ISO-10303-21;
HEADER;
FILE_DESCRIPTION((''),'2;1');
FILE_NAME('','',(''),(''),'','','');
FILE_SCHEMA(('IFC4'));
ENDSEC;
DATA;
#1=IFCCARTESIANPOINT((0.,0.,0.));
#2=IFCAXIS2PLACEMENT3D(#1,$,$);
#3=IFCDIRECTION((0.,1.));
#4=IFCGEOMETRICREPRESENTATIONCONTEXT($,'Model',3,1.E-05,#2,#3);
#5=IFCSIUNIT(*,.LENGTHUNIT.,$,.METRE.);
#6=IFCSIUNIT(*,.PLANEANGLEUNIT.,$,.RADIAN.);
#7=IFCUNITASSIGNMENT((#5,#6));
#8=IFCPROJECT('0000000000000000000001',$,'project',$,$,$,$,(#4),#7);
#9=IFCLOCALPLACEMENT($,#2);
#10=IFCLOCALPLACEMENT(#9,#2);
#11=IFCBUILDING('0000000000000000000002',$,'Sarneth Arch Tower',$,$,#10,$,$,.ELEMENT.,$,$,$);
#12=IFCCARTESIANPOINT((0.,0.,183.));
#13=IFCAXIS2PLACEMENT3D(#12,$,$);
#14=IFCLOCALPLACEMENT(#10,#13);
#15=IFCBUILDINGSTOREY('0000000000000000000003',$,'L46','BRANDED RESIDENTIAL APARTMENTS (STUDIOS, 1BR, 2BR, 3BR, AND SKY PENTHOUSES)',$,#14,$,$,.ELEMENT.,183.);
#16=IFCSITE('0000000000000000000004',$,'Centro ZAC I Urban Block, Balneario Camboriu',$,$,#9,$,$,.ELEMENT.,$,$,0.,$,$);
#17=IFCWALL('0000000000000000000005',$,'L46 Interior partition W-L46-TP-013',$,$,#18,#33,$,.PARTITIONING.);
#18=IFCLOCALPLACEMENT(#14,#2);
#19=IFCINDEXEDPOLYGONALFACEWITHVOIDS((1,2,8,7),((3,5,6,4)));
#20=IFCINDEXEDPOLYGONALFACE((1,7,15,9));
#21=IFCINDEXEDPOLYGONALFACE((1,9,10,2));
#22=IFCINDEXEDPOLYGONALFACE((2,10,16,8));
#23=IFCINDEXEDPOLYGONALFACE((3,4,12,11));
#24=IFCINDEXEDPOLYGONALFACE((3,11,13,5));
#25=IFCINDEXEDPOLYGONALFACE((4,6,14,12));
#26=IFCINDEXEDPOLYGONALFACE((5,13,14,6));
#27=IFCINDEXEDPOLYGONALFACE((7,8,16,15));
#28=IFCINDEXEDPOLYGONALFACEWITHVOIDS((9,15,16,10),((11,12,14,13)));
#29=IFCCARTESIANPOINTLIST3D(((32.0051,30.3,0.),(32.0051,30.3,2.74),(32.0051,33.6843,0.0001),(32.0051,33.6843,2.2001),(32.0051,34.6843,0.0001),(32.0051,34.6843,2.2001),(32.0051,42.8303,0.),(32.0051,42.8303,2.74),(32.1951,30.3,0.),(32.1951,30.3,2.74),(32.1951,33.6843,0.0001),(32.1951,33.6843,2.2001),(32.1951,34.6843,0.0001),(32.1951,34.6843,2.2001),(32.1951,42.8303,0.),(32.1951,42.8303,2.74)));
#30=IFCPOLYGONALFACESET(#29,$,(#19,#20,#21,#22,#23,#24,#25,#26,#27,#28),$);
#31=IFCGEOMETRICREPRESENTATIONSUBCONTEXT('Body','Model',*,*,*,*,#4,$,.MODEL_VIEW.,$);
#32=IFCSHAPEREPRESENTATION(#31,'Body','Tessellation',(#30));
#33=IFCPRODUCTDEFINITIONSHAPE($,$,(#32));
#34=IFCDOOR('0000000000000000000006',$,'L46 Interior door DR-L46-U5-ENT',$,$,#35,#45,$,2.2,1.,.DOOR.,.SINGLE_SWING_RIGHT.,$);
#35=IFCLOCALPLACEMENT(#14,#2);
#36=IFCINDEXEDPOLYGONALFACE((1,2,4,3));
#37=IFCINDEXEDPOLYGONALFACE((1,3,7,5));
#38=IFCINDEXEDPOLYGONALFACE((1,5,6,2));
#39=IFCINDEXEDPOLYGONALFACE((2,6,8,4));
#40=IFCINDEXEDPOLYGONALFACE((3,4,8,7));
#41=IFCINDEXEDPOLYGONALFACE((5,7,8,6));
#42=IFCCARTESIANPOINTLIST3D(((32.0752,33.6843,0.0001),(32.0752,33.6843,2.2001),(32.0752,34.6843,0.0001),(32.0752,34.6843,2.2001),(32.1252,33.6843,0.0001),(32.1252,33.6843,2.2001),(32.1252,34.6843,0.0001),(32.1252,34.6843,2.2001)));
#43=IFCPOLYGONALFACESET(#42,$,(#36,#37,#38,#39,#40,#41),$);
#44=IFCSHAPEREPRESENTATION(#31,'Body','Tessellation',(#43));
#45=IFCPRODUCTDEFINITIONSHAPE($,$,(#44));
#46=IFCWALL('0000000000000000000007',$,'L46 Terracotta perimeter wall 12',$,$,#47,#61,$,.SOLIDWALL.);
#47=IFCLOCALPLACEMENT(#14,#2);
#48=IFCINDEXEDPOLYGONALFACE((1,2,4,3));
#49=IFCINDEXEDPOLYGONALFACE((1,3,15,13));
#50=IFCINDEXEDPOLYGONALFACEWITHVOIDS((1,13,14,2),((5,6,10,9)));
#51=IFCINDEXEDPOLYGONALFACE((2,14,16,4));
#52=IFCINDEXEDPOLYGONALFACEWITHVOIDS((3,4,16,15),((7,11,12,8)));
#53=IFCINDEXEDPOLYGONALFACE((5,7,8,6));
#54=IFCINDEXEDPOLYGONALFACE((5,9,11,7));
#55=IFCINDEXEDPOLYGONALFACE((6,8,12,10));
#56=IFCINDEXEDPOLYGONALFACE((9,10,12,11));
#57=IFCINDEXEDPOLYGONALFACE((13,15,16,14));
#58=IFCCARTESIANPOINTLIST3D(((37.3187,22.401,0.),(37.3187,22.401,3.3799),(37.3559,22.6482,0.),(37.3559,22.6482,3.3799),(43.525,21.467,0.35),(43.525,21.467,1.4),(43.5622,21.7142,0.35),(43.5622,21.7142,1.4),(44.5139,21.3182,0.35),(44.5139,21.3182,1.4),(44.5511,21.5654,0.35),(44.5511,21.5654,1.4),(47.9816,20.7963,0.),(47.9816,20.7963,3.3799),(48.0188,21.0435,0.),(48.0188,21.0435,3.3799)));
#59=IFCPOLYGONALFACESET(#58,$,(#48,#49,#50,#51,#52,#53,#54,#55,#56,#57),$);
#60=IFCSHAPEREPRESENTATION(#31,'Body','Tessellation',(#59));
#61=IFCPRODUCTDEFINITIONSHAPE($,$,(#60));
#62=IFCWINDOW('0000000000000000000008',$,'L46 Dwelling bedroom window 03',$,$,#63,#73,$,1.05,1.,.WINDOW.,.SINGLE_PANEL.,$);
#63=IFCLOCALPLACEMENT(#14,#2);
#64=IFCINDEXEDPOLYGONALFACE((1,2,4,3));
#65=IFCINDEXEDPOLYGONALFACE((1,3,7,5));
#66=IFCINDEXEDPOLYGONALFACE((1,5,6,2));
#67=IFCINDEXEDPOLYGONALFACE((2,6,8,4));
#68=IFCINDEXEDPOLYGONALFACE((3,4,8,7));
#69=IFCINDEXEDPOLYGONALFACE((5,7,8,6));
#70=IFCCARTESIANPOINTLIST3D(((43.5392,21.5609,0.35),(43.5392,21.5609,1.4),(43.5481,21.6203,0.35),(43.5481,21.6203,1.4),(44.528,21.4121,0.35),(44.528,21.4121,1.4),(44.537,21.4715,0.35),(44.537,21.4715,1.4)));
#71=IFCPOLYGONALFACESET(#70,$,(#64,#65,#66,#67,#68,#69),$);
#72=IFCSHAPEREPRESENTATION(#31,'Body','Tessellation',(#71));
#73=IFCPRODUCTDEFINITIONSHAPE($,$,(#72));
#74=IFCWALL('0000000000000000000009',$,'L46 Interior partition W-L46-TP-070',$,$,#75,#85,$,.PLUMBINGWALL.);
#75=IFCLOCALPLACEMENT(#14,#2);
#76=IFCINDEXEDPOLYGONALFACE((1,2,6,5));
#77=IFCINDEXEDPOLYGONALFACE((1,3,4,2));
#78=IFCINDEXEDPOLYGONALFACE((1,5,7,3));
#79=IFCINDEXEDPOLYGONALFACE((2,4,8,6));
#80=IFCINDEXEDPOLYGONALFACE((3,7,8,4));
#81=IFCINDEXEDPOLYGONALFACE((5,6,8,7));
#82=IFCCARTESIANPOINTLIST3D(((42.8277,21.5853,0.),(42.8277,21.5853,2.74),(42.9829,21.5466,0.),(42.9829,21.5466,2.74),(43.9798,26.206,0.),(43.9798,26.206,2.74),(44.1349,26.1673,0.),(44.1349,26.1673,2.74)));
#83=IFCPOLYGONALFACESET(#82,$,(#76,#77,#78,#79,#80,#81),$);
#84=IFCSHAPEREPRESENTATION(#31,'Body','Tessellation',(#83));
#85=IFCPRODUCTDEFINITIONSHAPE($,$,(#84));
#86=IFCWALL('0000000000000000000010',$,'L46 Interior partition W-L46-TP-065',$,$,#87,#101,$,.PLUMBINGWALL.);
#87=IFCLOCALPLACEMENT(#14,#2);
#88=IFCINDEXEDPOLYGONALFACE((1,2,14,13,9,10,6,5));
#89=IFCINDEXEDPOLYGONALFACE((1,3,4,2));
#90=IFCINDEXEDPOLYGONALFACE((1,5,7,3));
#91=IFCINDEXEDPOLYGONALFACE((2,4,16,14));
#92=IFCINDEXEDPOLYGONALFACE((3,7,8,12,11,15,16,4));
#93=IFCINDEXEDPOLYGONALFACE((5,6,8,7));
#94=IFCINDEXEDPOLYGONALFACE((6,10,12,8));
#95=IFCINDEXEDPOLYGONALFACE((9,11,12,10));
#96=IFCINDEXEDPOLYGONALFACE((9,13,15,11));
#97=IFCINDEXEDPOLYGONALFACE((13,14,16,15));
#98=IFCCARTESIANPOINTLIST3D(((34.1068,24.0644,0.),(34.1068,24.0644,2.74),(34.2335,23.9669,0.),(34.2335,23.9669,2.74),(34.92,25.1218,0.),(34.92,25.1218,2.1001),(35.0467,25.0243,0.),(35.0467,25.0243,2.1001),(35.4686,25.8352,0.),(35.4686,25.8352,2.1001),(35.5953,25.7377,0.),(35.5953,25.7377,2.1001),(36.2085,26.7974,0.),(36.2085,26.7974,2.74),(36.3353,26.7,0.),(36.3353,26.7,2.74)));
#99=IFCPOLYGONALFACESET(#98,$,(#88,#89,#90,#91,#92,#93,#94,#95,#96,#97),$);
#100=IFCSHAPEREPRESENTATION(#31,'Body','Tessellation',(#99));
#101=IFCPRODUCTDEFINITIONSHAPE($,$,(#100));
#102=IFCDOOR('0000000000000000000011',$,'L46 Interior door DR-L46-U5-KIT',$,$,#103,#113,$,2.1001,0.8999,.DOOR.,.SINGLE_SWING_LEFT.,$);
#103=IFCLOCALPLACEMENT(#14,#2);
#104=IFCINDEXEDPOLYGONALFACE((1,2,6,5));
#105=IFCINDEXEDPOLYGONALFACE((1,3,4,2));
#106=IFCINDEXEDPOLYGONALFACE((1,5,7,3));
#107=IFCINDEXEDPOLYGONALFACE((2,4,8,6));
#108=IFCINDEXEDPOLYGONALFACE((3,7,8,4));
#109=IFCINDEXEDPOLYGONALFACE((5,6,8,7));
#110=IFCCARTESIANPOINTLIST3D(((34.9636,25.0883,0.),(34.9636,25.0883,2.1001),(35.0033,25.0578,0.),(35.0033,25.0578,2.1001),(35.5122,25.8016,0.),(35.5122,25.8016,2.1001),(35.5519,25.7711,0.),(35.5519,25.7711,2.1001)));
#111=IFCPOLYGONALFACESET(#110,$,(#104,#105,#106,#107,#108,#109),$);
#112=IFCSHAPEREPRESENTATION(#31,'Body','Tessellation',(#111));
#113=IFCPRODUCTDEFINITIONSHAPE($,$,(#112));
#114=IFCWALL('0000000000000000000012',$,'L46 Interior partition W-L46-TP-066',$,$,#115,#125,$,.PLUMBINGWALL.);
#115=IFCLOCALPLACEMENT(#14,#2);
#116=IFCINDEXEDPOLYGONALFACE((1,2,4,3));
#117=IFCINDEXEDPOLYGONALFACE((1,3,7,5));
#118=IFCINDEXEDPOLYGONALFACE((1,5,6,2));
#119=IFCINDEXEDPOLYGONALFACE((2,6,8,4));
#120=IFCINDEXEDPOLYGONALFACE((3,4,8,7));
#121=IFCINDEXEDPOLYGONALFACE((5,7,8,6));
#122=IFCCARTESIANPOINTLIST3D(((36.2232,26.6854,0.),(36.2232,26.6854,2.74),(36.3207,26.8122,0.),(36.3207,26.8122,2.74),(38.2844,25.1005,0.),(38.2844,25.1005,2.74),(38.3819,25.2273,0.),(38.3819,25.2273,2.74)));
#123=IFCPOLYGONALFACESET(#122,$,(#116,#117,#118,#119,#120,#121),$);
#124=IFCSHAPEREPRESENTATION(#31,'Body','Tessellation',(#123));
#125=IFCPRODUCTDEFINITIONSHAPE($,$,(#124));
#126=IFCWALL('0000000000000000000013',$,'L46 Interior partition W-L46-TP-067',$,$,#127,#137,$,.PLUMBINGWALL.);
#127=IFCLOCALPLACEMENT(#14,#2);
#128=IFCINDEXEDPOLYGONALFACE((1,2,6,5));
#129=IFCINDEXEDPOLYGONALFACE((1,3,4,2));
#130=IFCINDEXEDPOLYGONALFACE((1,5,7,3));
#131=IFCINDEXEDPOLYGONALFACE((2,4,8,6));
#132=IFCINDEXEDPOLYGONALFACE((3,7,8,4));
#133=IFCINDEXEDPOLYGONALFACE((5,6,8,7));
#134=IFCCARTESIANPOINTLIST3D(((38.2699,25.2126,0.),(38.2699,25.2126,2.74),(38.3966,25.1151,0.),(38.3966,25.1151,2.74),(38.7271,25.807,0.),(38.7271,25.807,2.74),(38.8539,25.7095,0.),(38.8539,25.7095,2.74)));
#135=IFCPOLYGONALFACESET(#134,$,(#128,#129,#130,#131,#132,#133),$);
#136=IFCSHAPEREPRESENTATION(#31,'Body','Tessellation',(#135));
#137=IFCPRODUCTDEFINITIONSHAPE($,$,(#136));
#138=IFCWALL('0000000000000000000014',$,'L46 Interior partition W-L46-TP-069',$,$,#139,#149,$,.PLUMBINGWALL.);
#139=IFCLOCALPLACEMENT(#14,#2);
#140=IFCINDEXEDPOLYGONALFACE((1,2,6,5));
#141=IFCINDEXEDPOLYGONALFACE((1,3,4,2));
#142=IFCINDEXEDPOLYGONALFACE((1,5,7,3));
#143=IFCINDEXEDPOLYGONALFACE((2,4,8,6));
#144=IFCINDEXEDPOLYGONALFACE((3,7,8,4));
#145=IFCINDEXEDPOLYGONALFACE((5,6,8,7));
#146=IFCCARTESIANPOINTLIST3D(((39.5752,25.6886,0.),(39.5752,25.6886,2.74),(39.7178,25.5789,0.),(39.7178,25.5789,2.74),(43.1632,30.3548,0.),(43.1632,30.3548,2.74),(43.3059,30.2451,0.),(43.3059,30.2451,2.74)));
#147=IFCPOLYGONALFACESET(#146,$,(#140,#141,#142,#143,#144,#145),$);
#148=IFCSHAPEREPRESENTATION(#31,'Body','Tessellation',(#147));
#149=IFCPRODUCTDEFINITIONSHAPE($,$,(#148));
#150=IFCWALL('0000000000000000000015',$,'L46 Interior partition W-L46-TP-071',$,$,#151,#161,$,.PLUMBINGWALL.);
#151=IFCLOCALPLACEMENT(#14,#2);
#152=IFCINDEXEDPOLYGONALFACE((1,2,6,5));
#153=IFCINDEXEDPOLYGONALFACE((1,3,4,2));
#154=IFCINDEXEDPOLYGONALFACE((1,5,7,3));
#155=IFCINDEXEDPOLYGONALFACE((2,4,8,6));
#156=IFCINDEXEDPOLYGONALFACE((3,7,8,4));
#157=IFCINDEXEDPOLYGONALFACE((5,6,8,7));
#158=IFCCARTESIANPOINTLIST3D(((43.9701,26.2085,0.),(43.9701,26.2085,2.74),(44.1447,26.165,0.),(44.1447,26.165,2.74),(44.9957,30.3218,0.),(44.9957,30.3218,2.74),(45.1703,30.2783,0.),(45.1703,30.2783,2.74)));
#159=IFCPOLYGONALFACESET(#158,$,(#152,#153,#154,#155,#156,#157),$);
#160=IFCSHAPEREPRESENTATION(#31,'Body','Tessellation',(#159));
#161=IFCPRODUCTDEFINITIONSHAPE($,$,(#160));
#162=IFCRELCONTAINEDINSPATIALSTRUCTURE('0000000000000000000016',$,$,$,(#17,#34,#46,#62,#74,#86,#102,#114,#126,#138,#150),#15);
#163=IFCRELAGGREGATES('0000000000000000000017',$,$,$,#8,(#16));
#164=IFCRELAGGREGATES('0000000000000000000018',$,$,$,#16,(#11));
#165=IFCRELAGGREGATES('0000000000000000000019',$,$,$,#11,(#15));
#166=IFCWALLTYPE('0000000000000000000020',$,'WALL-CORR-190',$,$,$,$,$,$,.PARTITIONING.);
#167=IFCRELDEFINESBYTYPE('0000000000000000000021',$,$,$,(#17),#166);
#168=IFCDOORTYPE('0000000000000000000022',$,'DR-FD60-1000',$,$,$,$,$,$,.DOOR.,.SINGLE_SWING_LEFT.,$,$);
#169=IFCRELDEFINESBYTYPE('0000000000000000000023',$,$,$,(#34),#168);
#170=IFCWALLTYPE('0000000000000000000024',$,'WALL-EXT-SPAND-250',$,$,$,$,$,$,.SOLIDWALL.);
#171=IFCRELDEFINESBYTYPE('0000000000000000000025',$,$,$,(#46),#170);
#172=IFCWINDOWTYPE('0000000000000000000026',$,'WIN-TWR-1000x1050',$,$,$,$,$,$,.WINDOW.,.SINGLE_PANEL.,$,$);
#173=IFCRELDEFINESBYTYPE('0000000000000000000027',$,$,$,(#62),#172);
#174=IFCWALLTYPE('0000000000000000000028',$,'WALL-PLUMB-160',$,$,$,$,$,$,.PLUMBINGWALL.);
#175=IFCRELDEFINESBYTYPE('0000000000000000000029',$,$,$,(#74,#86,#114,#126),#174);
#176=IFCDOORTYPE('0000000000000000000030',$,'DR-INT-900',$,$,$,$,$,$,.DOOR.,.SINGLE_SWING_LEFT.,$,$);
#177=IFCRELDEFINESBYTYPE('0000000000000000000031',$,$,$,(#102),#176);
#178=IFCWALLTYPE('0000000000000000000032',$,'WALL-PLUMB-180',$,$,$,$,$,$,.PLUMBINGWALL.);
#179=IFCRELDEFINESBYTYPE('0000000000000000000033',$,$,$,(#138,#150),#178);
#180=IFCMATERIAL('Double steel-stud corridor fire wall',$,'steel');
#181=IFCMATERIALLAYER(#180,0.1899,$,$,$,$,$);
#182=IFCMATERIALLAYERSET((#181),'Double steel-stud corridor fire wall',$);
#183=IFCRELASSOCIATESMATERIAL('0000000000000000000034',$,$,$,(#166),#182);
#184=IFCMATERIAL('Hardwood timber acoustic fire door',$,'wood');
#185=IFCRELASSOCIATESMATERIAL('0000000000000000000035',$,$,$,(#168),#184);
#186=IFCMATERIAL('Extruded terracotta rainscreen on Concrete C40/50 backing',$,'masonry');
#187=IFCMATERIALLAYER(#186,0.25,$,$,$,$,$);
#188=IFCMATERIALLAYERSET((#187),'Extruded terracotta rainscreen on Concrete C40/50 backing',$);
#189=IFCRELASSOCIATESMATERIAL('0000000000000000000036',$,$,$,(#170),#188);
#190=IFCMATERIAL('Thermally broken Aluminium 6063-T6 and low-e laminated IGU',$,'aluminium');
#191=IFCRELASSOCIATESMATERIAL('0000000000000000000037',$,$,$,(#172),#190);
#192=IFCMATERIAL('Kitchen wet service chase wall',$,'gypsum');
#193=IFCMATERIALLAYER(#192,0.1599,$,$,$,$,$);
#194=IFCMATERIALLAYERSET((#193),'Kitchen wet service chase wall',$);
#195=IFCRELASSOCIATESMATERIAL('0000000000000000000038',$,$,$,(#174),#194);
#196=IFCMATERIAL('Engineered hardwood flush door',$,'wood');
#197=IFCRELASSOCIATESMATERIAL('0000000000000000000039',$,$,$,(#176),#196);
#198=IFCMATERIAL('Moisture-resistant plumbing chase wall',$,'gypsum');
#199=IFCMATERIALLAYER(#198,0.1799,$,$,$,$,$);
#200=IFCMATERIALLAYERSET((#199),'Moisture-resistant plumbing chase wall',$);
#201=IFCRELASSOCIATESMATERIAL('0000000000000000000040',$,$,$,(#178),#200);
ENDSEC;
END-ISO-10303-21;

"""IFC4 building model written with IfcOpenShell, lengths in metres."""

from ifc_helpers import new_model, si_unit, direction, frame, frame_2d, origin, place, context, subcontext, project, spatial, rectangle, extrude, material, layer, layer_set, type_object, element, fill, save


model = new_model("IFC4")

# Units and contexts
model_context = context("Model", 3, precision=1e-05, world=origin(), true_north=direction((0.0, 1.0)))
body_context = subcontext(model_context, "Body", "Model", "MODEL_VIEW")
ifc_project = project(units=[si_unit("LENGTHUNIT", "METRE"), si_unit("PLANEANGLEUNIT", "RADIAN")], contexts=[model_context])

# Site, building, storey
site_placement = place(None, origin())
site = spatial("IfcSite", under=ifc_project, at=site_placement, Name="Centro ZAC I Urban Block, Balneario Camboriu", CompositionType="ELEMENT", RefElevation=0.0)
building_placement = place(site_placement, origin())
building = spatial("IfcBuilding", under=site, at=building_placement, Name="Sarneth Arch Tower", CompositionType="ELEMENT")
storey_placement = place(building_placement, frame((0.0, 0.0, 183.0)))
storey = spatial("IfcBuildingStorey", under=building, at=storey_placement, Name="L46", Description="BRANDED RESIDENTIAL APARTMENTS (STUDIOS, 1BR, 2BR, 3BR, AND SKY PENTHOUSES)", CompositionType="ELEMENT", Elevation=183.0)

# Wall, opening, door
ifc_material_1 = material(Name="Double steel-stud corridor fire wall", Category="steel")
ifc_layer_1 = layer(ifc_material_1, 0.1899)
ifc_layer_set_1 = layer_set([ifc_layer_1], Name="Double steel-stud corridor fire wall")
wall_type_1 = type_object("IfcWallType", Name="WALL-CORR-190", PredefinedType="PARTITIONING", material=ifc_layer_set_1)
ifc_material_2 = material(Name="Hardwood timber acoustic fire door", Category="wood")
door_type_1 = type_object("IfcDoorType", Name="DR-FD60-1000", OperationType="SINGLE_SWING_LEFT", PredefinedType="DOOR", material=ifc_material_2)
wall_1_placement = place(storey_placement, frame((32.1001, 30.3, 0.0), z_axis=(0.0, 0.0, 1.0), x_axis=(0.0, 1.0, 0.0)))
wall_1 = element("IfcWall", 1, at=wall_1_placement, inside=storey, type_object=wall_type_1, Name="L46 Interior partition W-L46-TP-013", PredefinedType="PARTITIONING", context=body_context, shape_type="SweptSolid", body=[
    extrude(rectangle(XDim=12.5303, YDim=0.1899, at=frame_2d((6.2651, 0.0))), origin(), (0.0, 0.0, 1.0), 2.74),
])
opening_1_placement = place(wall_1_placement, frame((3.3843, 0.0, 0.0)))
opening_1 = element("IfcOpeningElement", 2, at=opening_1_placement, cuts=wall_1, PredefinedType="OPENING", context=body_context, shape_type="SweptSolid", body=[
    extrude(rectangle(XDim=1.0, YDim=2.2, at=frame_2d((0.5, 1.1001))), frame((0.0, 0.105, 0.0), z_axis=(0.0, -1.0, 0.0), x_axis=(1.0, 0.0, 0.0)), (0.0, 0.0, 1.0), 0.21),
])
door_1_placement = place(opening_1_placement, origin())
door_1 = element("IfcDoor", 3, at=door_1_placement, inside=storey, type_object=door_type_1, Name="L46 Interior door DR-L46-U5-ENT", OperationType="SINGLE_SWING_RIGHT", OverallHeight=2.2, OverallWidth=1.0, PredefinedType="DOOR", context=body_context, shape_type="SweptSolid", body=[
    extrude(rectangle(XDim=1.0, YDim=2.2, at=frame_2d((0.5, 1.1001))), frame((0.0, 0.0249, 0.0), z_axis=(0.0, -1.0, 0.0), x_axis=(1.0, 0.0, 0.0)), (0.0, 0.0, 1.0), 0.05),
])
fill(opening_1, door_1)

# Wall, opening, window
ifc_material_3 = material(Name="Extruded terracotta rainscreen on Concrete C40/50 backing", Category="masonry")
ifc_layer_2 = layer(ifc_material_3, 0.25)
ifc_layer_set_2 = layer_set([ifc_layer_2], Name="Extruded terracotta rainscreen on Concrete C40/50 backing")
wall_type_2 = type_object("IfcWallType", Name="WALL-EXT-SPAND-250", PredefinedType="SOLIDWALL", material=ifc_layer_set_2)
wall_2_placement = place(storey_placement, frame((37.3372, 22.5247, 0.0), z_axis=(0.0, 0.0, 1.0), x_axis=(0.988864, -0.148822, 0.0)))
wall_2 = element("IfcWall", 4, at=wall_2_placement, inside=storey, type_object=wall_type_2, Name="L46 Terracotta perimeter wall 12", PredefinedType="SOLIDWALL", context=body_context, shape_type="SweptSolid", body=[
    extrude(rectangle(XDim=10.783, YDim=0.25, at=frame_2d((5.3916, 0.0))), origin(), (0.0, 0.0, 1.0), 3.3799),
])
opening_2_placement = place(wall_2_placement, frame((6.2764, 0.0, 0.3501)))
opening_2 = element("IfcOpeningElement", 5, at=opening_2_placement, cuts=wall_2, PredefinedType="OPENING", context=body_context, shape_type="SweptSolid", body=[
    extrude(rectangle(XDim=1.0, YDim=1.05, at=frame_2d((0.5, 0.5249))), frame((0.0, 0.135, 0.0), z_axis=(0.0, -1.0, 0.0), x_axis=(1.0, 0.0, 0.0)), (0.0, 0.0, 1.0), 0.27),
])
ifc_material_4 = material(Name="Thermally broken Aluminium 6063-T6 and low-e laminated IGU", Category="aluminium")
window_type = type_object("IfcWindowType", Name="WIN-TWR-1000x1050", PartitioningType="SINGLE_PANEL", PredefinedType="WINDOW", material=ifc_material_4)
window_placement = place(opening_2_placement, origin())
window = element("IfcWindow", 6, at=window_placement, inside=storey, type_object=window_type, Name="L46 Dwelling bedroom window 03", OverallHeight=1.05, OverallWidth=1.0, PartitioningType="SINGLE_PANEL", PredefinedType="WINDOW", context=body_context, shape_type="SweptSolid", body=[
    extrude(rectangle(XDim=1.0, YDim=1.05, at=frame_2d((0.5, 0.5249))), frame((0.0, 0.03, 0.0), z_axis=(0.0, -1.0, 0.0), x_axis=(1.0, 0.0, 0.0)), (0.0, 0.0, 1.0), 0.0601),
])
fill(opening_2, window)

# Wall
ifc_material_5 = material(Name="Kitchen wet service chase wall", Category="gypsum")
ifc_layer_3 = layer(ifc_material_5, 0.1599)
ifc_layer_set_3 = layer_set([ifc_layer_3], Name="Kitchen wet service chase wall")
wall_type_3 = type_object("IfcWallType", Name="WALL-PLUMB-160", PredefinedType="PLUMBINGWALL", material=ifc_layer_set_3)
wall_3_placement = place(storey_placement, frame((42.9053, 21.5659, 0.0), z_axis=(0.0, 0.0, 1.0), x_axis=(0.24192, 0.970296, 0.0)))
element("IfcWall", 7, at=wall_3_placement, inside=storey, type_object=wall_type_3, Name="L46 Interior partition W-L46-TP-070", PredefinedType="PLUMBINGWALL", context=body_context, shape_type="SweptSolid", body=[
    extrude(rectangle(XDim=4.7622, YDim=0.1599, at=frame_2d((2.3811, 0.0))), origin(), (0.0, 0.0, 1.0), 2.74),
])

# Wall, opening, door
wall_4_placement = place(storey_placement, frame((34.1702, 24.0156, 0.0), z_axis=(0.0, 0.0, 1.0), x_axis=(0.609598, 0.792711, 0.0)))
wall_4 = element("IfcWall", 8, at=wall_4_placement, inside=storey, type_object=wall_type_3, Name="L46 Interior partition W-L46-TP-065", PredefinedType="PLUMBINGWALL", context=body_context, shape_type="SweptSolid", body=[
    extrude(rectangle(XDim=3.4478, YDim=0.1599, at=frame_2d((1.7239, 0.0))), origin(), (0.0, 0.0, 1.0), 2.74),
])
opening_3_placement = place(wall_4_placement, frame((1.334, 0.0, 0.0)))
opening_3 = element("IfcOpeningElement", 9, at=opening_3_placement, cuts=wall_4, PredefinedType="OPENING", context=body_context, shape_type="SweptSolid", body=[
    extrude(rectangle(XDim=0.8999, YDim=2.1001, at=frame_2d((0.45, 1.05))), frame((0.0, 0.0898, 0.0), z_axis=(0.0, -1.0, 0.0), x_axis=(1.0, 0.0, 0.0)), (0.0, 0.0, 1.0), 0.1799),
])
ifc_material_6 = material(Name="Engineered hardwood flush door", Category="wood")
door_type_2 = type_object("IfcDoorType", Name="DR-INT-900", OperationType="SINGLE_SWING_LEFT", PredefinedType="DOOR", material=ifc_material_6)
door_2_placement = place(opening_3_placement, origin())
door_2 = element("IfcDoor", 10, at=door_2_placement, inside=storey, type_object=door_type_2, Name="L46 Interior door DR-L46-U5-KIT", OperationType="SINGLE_SWING_LEFT", OverallHeight=2.1001, OverallWidth=0.8999, PredefinedType="DOOR", context=body_context, shape_type="SweptSolid", body=[
    extrude(rectangle(XDim=0.8999, YDim=2.1001, at=frame_2d((0.45, 1.05))), frame((0.0, 0.0249, 0.0), z_axis=(0.0, -1.0, 0.0), x_axis=(1.0, 0.0, 0.0)), (0.0, 0.0, 1.0), 0.05),
])
fill(opening_3, door_2)

# Walls
wall_5_placement = place(storey_placement, frame((36.272, 26.7488, 0.0), z_axis=(0.0, 0.0, 1.0), x_axis=(0.792743, -0.609556, 0.0)))
element("IfcWall", 11, at=wall_5_placement, inside=storey, type_object=wall_type_3, Name="L46 Interior partition W-L46-TP-066", PredefinedType="PLUMBINGWALL", context=body_context, shape_type="SweptSolid", body=[
    extrude(rectangle(XDim=2.6001, YDim=0.1599, at=frame_2d((1.3, 0.0))), origin(), (0.0, 0.0, 1.0), 2.74),
])
wall_6_placement = place(storey_placement, frame((38.3333, 25.1638, 0.0), z_axis=(0.0, 0.0, 1.0), x_axis=(0.609695, 0.792636, 0.0)))
element("IfcWall", 12, at=wall_6_placement, inside=storey, type_object=wall_type_3, Name="L46 Interior partition W-L46-TP-067", PredefinedType="PLUMBINGWALL", context=body_context, shape_type="SweptSolid", body=[
    extrude(rectangle(XDim=0.75, YDim=0.1599, at=frame_2d((0.375, 0.0))), origin(), (0.0, 0.0, 1.0), 2.74),
])
ifc_material_7 = material(Name="Moisture-resistant plumbing chase wall", Category="gypsum")
ifc_layer_4 = layer(ifc_material_7, 0.1799)
ifc_layer_set_4 = layer_set([ifc_layer_4], Name="Moisture-resistant plumbing chase wall")
wall_type_4 = type_object("IfcWallType", Name="WALL-PLUMB-180", PredefinedType="PLUMBINGWALL", material=ifc_layer_set_4)
wall_7_placement = place(storey_placement, frame((39.6465, 25.6338, 0.0), z_axis=(0.0, 0.0, 1.0), x_axis=(0.609572, 0.79273, 0.0)))
element("IfcWall", 13, at=wall_7_placement, inside=storey, type_object=wall_type_4, Name="L46 Interior partition W-L46-TP-069", PredefinedType="PLUMBINGWALL", context=body_context, shape_type="SweptSolid", body=[
    extrude(rectangle(XDim=5.8862, YDim=0.1799, at=frame_2d((2.9431, 0.0))), origin(), (0.0, 0.0, 1.0), 2.74),
])
wall_8_placement = place(storey_placement, frame((44.0574, 26.1868, 0.0), z_axis=(0.0, 0.0, 1.0), x_axis=(0.241939, 0.970291, 0.0)))
element("IfcWall", 14, at=wall_8_placement, inside=storey, type_object=wall_type_4, Name="L46 Interior partition W-L46-TP-071", PredefinedType="PLUMBINGWALL", context=body_context, shape_type="SweptSolid", body=[
    extrude(rectangle(XDim=4.2393, YDim=0.1799, at=frame_2d((2.1196, 0.0))), origin(), (0.0, 0.0, 1.0), 2.74),
])

save(model, "model.ifc")
